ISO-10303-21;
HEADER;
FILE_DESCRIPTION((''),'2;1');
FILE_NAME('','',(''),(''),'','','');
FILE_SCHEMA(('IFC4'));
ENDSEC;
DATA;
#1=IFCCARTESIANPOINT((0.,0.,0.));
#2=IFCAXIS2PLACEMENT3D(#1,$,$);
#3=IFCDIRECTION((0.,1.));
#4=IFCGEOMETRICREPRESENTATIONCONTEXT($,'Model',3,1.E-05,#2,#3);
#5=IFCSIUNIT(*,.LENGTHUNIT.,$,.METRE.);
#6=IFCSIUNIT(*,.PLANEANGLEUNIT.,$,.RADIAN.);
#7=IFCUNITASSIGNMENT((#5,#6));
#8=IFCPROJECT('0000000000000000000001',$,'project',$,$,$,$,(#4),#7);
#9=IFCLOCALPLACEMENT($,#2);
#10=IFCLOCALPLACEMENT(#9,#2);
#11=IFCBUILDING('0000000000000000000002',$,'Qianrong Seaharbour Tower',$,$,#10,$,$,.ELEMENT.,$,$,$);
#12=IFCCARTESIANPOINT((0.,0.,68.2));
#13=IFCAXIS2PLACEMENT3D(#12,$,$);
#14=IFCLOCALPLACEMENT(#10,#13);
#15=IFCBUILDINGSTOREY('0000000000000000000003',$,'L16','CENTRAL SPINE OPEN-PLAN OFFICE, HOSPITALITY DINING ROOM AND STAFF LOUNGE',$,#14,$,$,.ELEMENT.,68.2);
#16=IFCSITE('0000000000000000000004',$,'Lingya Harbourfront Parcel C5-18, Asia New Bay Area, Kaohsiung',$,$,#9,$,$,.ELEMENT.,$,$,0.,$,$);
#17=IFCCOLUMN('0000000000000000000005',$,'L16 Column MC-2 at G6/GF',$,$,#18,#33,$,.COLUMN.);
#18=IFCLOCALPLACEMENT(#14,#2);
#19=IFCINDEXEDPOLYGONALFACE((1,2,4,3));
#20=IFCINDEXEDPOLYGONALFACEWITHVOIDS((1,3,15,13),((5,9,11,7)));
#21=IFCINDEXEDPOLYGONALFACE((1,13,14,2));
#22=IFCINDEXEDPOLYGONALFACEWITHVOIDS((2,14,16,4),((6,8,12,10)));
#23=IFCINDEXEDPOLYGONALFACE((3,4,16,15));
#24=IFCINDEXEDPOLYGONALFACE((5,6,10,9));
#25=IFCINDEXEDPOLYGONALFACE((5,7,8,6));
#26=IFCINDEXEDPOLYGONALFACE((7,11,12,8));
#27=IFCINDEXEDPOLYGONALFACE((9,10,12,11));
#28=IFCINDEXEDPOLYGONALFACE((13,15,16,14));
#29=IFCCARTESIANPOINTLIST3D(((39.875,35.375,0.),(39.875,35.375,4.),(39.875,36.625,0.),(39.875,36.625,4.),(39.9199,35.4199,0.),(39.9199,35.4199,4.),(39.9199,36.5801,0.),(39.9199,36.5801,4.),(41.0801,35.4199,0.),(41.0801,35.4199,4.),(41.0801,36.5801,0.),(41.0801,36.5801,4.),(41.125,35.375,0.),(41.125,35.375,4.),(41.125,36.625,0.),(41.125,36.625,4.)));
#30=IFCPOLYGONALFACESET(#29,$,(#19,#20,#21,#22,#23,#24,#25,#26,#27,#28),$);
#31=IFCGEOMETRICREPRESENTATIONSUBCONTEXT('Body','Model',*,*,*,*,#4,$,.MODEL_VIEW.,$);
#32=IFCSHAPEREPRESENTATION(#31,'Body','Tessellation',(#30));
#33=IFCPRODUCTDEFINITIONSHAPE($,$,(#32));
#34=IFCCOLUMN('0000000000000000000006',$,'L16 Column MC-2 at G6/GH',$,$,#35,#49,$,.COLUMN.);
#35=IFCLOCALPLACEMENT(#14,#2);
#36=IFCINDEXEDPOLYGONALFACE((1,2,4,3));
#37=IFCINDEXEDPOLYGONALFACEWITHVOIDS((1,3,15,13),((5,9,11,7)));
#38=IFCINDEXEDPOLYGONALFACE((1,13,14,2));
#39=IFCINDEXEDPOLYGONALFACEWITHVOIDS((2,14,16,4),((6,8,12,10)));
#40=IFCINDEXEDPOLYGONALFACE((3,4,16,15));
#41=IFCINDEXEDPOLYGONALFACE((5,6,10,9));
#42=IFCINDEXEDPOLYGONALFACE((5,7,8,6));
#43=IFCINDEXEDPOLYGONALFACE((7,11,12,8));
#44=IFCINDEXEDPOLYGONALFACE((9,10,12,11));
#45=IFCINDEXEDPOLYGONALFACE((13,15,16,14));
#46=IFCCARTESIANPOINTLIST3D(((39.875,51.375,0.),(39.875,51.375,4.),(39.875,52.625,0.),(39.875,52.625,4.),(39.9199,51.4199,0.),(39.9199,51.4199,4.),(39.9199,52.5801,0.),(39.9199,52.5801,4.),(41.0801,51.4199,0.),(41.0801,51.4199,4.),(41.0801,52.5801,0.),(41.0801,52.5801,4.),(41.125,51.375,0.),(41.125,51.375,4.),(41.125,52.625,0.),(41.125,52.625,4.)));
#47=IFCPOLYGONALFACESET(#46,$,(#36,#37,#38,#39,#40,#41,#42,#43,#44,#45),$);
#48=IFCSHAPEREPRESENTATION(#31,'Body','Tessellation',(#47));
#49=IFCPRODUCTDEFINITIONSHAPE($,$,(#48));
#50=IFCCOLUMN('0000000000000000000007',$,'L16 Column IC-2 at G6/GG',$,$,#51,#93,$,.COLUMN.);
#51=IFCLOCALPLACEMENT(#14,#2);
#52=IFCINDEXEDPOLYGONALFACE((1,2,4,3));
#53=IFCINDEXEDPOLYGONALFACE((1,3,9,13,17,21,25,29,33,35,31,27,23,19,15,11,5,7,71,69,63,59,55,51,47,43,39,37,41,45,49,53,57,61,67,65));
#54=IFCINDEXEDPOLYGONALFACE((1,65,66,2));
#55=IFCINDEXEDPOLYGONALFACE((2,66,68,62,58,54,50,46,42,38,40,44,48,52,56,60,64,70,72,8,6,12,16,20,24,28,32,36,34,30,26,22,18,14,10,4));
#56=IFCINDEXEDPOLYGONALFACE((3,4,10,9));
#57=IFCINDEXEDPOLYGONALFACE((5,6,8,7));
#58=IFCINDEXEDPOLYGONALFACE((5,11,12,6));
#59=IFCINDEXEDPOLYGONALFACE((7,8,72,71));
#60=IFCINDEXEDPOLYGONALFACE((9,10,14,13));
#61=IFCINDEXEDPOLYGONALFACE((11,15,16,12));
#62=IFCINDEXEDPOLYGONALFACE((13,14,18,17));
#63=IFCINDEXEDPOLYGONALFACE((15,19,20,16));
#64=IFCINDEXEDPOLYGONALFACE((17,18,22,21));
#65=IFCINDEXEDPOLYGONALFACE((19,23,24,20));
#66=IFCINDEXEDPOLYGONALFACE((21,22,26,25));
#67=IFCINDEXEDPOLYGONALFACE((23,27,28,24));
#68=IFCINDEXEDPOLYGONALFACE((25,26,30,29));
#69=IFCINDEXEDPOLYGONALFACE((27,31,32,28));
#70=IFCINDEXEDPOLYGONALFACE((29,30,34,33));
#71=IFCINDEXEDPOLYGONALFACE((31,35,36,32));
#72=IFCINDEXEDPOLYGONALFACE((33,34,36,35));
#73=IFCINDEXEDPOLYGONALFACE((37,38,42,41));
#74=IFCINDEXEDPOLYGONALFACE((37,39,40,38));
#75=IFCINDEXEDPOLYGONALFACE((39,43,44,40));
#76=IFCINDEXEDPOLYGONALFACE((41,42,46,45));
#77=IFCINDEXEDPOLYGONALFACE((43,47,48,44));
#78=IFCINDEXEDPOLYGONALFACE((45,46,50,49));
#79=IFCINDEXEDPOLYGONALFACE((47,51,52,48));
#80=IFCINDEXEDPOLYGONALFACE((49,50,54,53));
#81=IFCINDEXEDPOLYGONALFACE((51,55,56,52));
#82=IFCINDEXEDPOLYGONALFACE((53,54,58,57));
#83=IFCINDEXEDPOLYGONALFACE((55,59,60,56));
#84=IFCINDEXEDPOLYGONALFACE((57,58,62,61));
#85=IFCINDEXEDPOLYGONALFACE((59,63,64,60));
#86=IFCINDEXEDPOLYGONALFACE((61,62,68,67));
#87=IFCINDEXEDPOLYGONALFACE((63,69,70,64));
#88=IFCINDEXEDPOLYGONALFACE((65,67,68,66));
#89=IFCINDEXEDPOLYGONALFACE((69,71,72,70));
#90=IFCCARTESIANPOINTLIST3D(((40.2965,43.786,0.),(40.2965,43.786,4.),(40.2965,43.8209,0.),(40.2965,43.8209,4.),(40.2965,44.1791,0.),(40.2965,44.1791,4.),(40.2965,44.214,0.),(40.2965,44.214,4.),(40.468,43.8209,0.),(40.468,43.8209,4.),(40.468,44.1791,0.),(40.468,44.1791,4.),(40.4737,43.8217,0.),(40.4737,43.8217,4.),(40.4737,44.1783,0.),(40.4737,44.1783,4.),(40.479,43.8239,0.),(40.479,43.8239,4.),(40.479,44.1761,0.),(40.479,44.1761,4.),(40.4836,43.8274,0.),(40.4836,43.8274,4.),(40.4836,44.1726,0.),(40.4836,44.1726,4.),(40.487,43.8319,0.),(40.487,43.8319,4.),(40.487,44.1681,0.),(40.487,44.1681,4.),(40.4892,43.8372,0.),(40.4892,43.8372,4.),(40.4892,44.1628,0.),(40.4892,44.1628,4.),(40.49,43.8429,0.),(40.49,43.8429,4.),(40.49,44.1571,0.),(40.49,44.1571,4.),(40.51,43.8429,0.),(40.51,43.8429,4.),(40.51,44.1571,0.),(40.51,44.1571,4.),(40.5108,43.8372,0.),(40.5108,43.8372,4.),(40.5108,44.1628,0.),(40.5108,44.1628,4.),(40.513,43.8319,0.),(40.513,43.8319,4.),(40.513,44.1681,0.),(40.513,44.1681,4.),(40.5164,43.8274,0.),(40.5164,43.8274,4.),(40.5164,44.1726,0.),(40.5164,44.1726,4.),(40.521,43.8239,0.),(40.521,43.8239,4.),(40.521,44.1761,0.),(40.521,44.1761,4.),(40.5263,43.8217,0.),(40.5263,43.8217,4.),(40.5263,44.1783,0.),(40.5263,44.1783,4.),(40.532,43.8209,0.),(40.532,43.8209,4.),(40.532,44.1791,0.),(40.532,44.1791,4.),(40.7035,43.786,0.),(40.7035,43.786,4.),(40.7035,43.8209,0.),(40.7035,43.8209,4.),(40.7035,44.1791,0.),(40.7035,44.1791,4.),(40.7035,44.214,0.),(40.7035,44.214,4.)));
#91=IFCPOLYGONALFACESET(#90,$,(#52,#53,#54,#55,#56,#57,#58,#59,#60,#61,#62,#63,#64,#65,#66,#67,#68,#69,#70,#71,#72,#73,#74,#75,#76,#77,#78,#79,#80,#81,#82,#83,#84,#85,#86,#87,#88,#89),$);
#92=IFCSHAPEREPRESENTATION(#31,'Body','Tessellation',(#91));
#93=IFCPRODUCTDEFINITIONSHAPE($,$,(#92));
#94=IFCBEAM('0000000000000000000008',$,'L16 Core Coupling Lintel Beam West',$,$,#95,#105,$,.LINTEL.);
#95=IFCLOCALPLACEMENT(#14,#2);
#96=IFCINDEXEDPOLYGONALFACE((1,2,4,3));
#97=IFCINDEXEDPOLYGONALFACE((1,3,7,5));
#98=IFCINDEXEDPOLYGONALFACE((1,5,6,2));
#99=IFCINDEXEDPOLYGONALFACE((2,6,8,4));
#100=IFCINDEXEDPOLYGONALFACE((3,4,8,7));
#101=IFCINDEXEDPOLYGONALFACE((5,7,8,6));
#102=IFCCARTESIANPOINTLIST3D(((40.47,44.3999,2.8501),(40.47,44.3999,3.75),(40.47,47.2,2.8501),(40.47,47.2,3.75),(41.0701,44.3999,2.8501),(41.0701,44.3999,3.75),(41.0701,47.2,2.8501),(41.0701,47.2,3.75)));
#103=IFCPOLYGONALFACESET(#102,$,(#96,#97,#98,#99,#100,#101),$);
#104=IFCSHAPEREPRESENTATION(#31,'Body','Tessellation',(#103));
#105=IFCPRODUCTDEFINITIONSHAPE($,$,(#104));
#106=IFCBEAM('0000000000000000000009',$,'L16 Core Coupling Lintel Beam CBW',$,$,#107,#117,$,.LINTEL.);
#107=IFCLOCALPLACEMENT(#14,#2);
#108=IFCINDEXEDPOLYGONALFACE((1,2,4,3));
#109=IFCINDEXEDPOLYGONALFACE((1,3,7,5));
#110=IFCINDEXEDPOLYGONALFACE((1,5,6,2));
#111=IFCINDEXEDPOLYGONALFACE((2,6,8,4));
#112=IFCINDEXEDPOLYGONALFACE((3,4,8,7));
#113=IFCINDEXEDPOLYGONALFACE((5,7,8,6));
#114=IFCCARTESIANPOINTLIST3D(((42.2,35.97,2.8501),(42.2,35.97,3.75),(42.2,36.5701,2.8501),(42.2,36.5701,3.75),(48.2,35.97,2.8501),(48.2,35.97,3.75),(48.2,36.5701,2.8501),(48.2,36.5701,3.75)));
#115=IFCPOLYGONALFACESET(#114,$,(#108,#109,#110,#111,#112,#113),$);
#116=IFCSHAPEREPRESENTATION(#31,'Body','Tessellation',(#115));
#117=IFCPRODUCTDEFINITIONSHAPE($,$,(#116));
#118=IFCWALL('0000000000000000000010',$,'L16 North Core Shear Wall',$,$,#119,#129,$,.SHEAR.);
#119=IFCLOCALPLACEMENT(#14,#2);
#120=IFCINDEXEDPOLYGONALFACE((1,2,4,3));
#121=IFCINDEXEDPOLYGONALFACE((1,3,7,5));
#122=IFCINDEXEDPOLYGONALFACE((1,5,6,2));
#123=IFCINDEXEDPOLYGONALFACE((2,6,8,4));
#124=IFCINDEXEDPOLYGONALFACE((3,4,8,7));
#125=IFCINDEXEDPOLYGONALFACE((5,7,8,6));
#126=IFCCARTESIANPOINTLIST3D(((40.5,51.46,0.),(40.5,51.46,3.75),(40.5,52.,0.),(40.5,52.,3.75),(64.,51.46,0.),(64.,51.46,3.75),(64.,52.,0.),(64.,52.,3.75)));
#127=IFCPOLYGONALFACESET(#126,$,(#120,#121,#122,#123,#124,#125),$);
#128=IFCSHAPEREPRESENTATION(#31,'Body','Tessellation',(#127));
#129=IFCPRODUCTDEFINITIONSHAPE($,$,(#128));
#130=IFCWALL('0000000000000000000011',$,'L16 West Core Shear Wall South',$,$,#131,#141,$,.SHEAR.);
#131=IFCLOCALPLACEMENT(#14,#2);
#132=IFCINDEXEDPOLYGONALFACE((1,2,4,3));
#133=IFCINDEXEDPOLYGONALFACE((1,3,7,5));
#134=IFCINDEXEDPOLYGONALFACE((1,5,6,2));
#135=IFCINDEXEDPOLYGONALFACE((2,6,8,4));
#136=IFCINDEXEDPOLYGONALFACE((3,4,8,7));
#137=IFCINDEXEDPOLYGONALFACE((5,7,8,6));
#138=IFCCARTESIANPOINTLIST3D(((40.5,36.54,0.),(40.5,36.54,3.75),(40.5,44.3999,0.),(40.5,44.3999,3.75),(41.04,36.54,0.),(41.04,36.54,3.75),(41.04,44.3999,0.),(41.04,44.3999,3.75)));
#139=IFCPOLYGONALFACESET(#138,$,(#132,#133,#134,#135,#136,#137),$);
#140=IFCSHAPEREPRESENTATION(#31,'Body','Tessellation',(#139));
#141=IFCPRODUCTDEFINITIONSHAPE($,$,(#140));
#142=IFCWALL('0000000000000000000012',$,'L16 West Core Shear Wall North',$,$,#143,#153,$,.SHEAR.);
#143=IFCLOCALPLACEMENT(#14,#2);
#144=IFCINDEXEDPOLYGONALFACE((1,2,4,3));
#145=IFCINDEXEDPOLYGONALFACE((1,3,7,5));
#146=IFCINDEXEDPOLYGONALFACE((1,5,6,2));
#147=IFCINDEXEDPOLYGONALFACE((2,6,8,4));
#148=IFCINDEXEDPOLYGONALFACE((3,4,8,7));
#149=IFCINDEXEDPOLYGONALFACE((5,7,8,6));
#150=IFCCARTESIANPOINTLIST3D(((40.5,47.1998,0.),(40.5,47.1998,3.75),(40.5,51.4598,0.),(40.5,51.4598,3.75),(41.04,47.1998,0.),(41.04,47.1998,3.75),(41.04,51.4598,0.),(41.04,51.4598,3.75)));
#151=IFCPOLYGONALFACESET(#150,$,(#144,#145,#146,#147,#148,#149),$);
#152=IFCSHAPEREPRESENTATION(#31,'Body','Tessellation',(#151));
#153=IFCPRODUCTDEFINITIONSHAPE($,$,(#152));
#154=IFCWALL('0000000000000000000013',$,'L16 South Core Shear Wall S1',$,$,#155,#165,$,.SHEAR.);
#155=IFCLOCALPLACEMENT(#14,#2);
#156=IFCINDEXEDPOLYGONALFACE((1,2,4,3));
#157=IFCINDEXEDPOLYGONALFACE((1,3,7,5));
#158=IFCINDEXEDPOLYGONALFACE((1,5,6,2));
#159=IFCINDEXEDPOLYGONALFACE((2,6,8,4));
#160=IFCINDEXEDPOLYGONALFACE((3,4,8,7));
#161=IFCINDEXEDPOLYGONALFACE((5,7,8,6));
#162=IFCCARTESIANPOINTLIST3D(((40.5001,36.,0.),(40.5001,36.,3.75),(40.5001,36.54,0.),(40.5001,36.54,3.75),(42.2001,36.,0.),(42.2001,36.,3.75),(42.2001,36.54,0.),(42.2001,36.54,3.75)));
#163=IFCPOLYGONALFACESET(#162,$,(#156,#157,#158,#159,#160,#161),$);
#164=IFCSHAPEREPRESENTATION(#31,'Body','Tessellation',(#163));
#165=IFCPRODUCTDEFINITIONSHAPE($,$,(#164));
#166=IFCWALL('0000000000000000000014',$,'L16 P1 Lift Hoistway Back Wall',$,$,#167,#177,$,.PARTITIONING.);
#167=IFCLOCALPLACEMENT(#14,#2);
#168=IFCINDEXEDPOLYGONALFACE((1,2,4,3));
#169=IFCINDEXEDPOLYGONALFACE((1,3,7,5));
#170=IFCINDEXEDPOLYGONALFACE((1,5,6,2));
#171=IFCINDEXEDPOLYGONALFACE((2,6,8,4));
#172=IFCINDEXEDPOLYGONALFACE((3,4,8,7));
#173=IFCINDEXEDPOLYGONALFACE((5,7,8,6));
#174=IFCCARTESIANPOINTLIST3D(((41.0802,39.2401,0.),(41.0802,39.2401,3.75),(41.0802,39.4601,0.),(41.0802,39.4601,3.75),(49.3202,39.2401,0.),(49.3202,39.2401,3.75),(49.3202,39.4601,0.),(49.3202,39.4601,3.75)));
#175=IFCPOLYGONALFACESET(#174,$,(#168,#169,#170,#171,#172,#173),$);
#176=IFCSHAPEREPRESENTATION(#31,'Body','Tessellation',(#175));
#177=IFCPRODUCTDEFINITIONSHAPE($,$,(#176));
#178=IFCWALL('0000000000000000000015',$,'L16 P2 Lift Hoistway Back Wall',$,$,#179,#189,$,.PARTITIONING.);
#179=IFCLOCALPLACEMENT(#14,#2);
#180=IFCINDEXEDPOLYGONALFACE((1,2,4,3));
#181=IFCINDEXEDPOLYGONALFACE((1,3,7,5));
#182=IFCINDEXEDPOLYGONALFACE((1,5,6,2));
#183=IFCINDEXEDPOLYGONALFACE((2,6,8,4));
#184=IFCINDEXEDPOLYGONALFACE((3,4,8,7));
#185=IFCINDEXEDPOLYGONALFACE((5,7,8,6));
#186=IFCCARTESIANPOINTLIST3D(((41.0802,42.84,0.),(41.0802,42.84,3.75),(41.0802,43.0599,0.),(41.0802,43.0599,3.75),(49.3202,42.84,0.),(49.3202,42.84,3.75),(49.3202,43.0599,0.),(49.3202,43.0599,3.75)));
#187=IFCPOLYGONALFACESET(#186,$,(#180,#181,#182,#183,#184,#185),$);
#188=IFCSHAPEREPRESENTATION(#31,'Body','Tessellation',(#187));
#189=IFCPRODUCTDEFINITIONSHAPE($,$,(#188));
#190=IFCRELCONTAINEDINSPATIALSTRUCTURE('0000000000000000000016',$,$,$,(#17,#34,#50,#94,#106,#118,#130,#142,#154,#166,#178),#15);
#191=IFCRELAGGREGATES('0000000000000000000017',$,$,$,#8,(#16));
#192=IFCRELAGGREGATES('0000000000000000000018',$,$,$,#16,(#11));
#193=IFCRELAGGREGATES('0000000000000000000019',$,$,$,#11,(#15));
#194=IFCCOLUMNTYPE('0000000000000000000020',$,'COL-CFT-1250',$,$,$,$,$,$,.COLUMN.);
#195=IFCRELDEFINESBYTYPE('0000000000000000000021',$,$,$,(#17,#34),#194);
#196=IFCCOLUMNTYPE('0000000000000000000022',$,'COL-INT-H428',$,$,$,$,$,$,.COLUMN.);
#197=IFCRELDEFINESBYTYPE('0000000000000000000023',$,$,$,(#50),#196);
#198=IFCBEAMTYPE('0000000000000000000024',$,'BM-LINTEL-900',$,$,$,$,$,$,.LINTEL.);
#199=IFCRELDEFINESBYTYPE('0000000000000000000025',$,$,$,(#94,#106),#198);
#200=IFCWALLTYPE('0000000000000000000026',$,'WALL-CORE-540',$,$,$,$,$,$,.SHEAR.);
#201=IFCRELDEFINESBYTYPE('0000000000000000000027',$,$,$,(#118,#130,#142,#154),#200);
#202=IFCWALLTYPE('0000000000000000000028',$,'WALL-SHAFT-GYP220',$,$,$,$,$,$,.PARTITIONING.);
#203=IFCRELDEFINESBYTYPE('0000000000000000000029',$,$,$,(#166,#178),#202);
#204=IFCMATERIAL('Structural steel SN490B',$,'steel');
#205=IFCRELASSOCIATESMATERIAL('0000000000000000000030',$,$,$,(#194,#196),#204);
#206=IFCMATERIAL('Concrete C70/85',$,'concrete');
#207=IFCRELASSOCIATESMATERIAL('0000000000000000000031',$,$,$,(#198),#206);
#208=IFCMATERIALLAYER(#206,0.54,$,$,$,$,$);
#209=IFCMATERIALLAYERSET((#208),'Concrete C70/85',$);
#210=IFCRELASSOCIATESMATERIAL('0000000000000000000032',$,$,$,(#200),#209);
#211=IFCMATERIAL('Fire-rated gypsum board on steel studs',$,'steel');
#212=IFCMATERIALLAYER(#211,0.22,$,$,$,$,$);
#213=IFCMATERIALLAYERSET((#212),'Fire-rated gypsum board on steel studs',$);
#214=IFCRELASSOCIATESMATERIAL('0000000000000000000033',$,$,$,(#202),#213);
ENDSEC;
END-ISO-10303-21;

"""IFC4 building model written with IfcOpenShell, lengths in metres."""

from ifc_helpers import new_model, si_unit, direction, frame, frame_2d, origin, origin_2d, place, context, subcontext, project, spatial, rectangle, hollow_rectangle, i_section, extrude, material, layer, layer_set, material_profile, profile_set, type_object, element, save


model = new_model("IFC4")

# Units and contexts
model_context = context("Model", 3, precision=1e-05, world=origin(), true_north=direction((0.0, 1.0)))
body_context = subcontext(model_context, "Body", "Model", "MODEL_VIEW")
ifc_project = project(units=[si_unit("LENGTHUNIT", "METRE"), si_unit("PLANEANGLEUNIT", "RADIAN")], contexts=[model_context])

# Site, building, storey
site_placement = place(None, origin())
site = spatial("IfcSite", under=ifc_project, at=site_placement, Name="Lingya Harbourfront Parcel C5-18, Asia New Bay Area, Kaohsiung", CompositionType="ELEMENT", RefElevation=0.0)
building_placement = place(site_placement, origin())
building = spatial("IfcBuilding", under=site, at=building_placement, Name="Qianrong Seaharbour Tower", CompositionType="ELEMENT")
storey_placement = place(building_placement, frame((0.0, 0.0, 68.2)))
storey = spatial("IfcBuildingStorey", under=building, at=storey_placement, Name="L16", Description="CENTRAL SPINE OPEN-PLAN OFFICE, HOSPITALITY DINING ROOM AND STAFF LOUNGE", CompositionType="ELEMENT", Elevation=68.2)

# Columns
ifc_material_1 = material(Name="Structural steel SN490B", Category="steel")
ifc_material_profile_1 = material_profile(ifc_material_1, hollow_rectangle(XDim=1.25, YDim=1.25, WallThickness=0.0449, at=origin_2d()), Name="BOX1250x1250x45")
ifc_profile_set_1 = profile_set([ifc_material_profile_1], Name="Structural steel SN490B")
column_type_1 = type_object("IfcColumnType", Name="COL-CFT-1250", PredefinedType="COLUMN", material=ifc_profile_set_1)
for number, where, z_axis, x_axis, name in (
    (1, (40.5, 36.0, 0.0), (0.0, 0.0, 1.0), (1.0, 0.0, 0.0), "L16 Column MC-2 at G6/GF"),
    (2, (40.5, 52.0, 0.0), (0.0, 0.0, 1.0), (1.0, 0.0, 0.0), "L16 Column MC-2 at G6/GH"),
):
    element("IfcColumn", number, at=place(storey_placement, frame(where, z_axis=z_axis, x_axis=x_axis)), inside=storey, type_object=column_type_1, Name=name, PredefinedType="COLUMN", context=body_context, shape_type="SweptSolid", body=[
        extrude(hollow_rectangle(XDim=1.25, YDim=1.25, WallThickness=0.0449, at=origin_2d()), origin(), (0.0, 0.0, 1.0), 4.0),
    ])
ifc_material_profile_2 = material_profile(ifc_material_1, i_section(OverallWidth=0.407, OverallDepth=0.428, WebThickness=0.02, FlangeThickness=0.0349, FilletRadius=0.022, at=origin_2d()), Name="H428x407x20x35")
ifc_profile_set_2 = profile_set([ifc_material_profile_2], Name="Structural steel SN490B")
column_type_2 = type_object("IfcColumnType", Name="COL-INT-H428", PredefinedType="COLUMN", material=ifc_profile_set_2)
column_placement = place(storey_placement, frame((40.5, 44.0, 0.0), z_axis=(0.0, 0.0, 1.0), x_axis=(1.0, 0.0, 0.0)))
element("IfcColumn", 3, at=column_placement, inside=storey, type_object=column_type_2, Name="L16 Column IC-2 at G6/GG", PredefinedType="COLUMN", context=body_context, shape_type="SweptSolid", body=[
    extrude(i_section(OverallWidth=0.407, OverallDepth=0.428, WebThickness=0.02, FlangeThickness=0.0349, FilletRadius=0.022, at=origin_2d()), origin(), (0.0, 0.0, 1.0), 4.0),
])

# Beams
ifc_material_2 = material(Name="Concrete C70/85", Category="concrete")
ifc_material_profile_3 = material_profile(ifc_material_2, rectangle(XDim=0.6001, YDim=0.8999, at=origin_2d()), Name="RC600x900")
ifc_profile_set_3 = profile_set([ifc_material_profile_3], Name="Concrete C70/85")
beam_type = type_object("IfcBeamType", Name="BM-LINTEL-900", PredefinedType="LINTEL", material=ifc_profile_set_3)
beam_1_placement = place(storey_placement, frame((40.77, 44.3999, 3.3), z_axis=(0.0, 1.0, 0.0), x_axis=(-1.0, 0.0, 0.0)))
element("IfcBeam", 4, at=beam_1_placement, inside=storey, type_object=beam_type, Name="L16 Core Coupling Lintel Beam West", PredefinedType="LINTEL", context=body_context, shape_type="SweptSolid", body=[
    extrude(rectangle(XDim=0.6001, YDim=0.8999, at=origin_2d()), origin(), (0.0, 0.0, 1.0), 2.8),
])
beam_2_placement = place(storey_placement, frame((42.2, 36.27, 3.3), z_axis=(1.0, 0.0, 0.0), x_axis=(0.0, 1.0, 0.0)))
element("IfcBeam", 5, at=beam_2_placement, inside=storey, type_object=beam_type, Name="L16 Core Coupling Lintel Beam CBW", PredefinedType="LINTEL", context=body_context, shape_type="SweptSolid", body=[
    extrude(rectangle(XDim=0.6001, YDim=0.8999, at=origin_2d()), origin(), (0.0, 0.0, 1.0), 6.0),
])

# Walls
ifc_layer_1 = layer(ifc_material_2, 0.54)
ifc_layer_set_1 = layer_set([ifc_layer_1], Name="Concrete C70/85")
wall_type_1 = type_object("IfcWallType", Name="WALL-CORE-540", PredefinedType="SHEAR", material=ifc_layer_set_1)
wall_1_placement = place(storey_placement, frame((40.5, 51.73, 0.0), z_axis=(0.0, 0.0, 1.0), x_axis=(1.0, 0.0, 0.0)))
element("IfcWall", 6, at=wall_1_placement, inside=storey, type_object=wall_type_1, Name="L16 North Core Shear Wall", PredefinedType="SHEAR", context=body_context, shape_type="SweptSolid", body=[
    extrude(rectangle(XDim=23.5, YDim=0.54, at=frame_2d((11.75, 0.0))), origin(), (0.0, 0.0, 1.0), 3.75),
])
wall_2_placement = place(storey_placement, frame((40.77, 36.54, 0.0), z_axis=(0.0, 0.0, 1.0), x_axis=(0.0, 1.0, 0.0)))
element("IfcWall", 7, at=wall_2_placement, inside=storey, type_object=wall_type_1, Name="L16 West Core Shear Wall South", PredefinedType="SHEAR", context=body_context, shape_type="SweptSolid", body=[
    extrude(rectangle(XDim=7.8599, YDim=0.54, at=frame_2d((3.9299, 0.0))), origin(), (0.0, 0.0, 1.0), 3.75),
])
wall_3_placement = place(storey_placement, frame((40.77, 47.2, 0.0), z_axis=(0.0, 0.0, 1.0), x_axis=(0.0, 1.0, 0.0)))
element("IfcWall", 8, at=wall_3_placement, inside=storey, type_object=wall_type_1, Name="L16 West Core Shear Wall North", PredefinedType="SHEAR", context=body_context, shape_type="SweptSolid", body=[
    extrude(rectangle(XDim=4.26, YDim=0.54, at=frame_2d((2.1299, 0.0))), origin(), (0.0, 0.0, 1.0), 3.75),
])
wall_4_placement = place(storey_placement, frame((40.5, 36.27, 0.0), z_axis=(0.0, 0.0, 1.0), x_axis=(1.0, 0.0, 0.0)))
element("IfcWall", 9, at=wall_4_placement, inside=storey, type_object=wall_type_1, Name="L16 South Core Shear Wall S1", PredefinedType="SHEAR", context=body_context, shape_type="SweptSolid", body=[
    extrude(rectangle(XDim=1.7, YDim=0.54, at=frame_2d((0.8501, 0.0))), origin(), (0.0, 0.0, 1.0), 3.75),
])

# Walls
ifc_material_3 = material(Name="Fire-rated gypsum board on steel studs", Category="steel")
ifc_layer_2 = layer(ifc_material_3, 0.22)
ifc_layer_set_2 = layer_set([ifc_layer_2], Name="Fire-rated gypsum board on steel studs")
wall_type_2 = type_object("IfcWallType", Name="WALL-SHAFT-GYP220", PredefinedType="PARTITIONING", material=ifc_layer_set_2)
for number, where, z_axis, x_axis, name in (
    (10, (41.0801, 39.3501, 0.0), (0.0, 0.0, 1.0), (1.0, 0.0, 0.0), "L16 P1 Lift Hoistway Back Wall"),
    (11, (41.0801, 42.95, 0.0), (0.0, 0.0, 1.0), (1.0, 0.0, 0.0), "L16 P2 Lift Hoistway Back Wall"),
):
    element("IfcWall", number, at=place(storey_placement, frame(where, z_axis=z_axis, x_axis=x_axis)), inside=storey, type_object=wall_type_2, Name=name, PredefinedType="PARTITIONING", context=body_context, shape_type="SweptSolid", body=[
        extrude(rectangle(XDim=8.24, YDim=0.22, at=frame_2d((4.1201, 0.0))), origin(), (0.0, 0.0, 1.0), 3.75),
    ])

save(model, "model.ifc")
